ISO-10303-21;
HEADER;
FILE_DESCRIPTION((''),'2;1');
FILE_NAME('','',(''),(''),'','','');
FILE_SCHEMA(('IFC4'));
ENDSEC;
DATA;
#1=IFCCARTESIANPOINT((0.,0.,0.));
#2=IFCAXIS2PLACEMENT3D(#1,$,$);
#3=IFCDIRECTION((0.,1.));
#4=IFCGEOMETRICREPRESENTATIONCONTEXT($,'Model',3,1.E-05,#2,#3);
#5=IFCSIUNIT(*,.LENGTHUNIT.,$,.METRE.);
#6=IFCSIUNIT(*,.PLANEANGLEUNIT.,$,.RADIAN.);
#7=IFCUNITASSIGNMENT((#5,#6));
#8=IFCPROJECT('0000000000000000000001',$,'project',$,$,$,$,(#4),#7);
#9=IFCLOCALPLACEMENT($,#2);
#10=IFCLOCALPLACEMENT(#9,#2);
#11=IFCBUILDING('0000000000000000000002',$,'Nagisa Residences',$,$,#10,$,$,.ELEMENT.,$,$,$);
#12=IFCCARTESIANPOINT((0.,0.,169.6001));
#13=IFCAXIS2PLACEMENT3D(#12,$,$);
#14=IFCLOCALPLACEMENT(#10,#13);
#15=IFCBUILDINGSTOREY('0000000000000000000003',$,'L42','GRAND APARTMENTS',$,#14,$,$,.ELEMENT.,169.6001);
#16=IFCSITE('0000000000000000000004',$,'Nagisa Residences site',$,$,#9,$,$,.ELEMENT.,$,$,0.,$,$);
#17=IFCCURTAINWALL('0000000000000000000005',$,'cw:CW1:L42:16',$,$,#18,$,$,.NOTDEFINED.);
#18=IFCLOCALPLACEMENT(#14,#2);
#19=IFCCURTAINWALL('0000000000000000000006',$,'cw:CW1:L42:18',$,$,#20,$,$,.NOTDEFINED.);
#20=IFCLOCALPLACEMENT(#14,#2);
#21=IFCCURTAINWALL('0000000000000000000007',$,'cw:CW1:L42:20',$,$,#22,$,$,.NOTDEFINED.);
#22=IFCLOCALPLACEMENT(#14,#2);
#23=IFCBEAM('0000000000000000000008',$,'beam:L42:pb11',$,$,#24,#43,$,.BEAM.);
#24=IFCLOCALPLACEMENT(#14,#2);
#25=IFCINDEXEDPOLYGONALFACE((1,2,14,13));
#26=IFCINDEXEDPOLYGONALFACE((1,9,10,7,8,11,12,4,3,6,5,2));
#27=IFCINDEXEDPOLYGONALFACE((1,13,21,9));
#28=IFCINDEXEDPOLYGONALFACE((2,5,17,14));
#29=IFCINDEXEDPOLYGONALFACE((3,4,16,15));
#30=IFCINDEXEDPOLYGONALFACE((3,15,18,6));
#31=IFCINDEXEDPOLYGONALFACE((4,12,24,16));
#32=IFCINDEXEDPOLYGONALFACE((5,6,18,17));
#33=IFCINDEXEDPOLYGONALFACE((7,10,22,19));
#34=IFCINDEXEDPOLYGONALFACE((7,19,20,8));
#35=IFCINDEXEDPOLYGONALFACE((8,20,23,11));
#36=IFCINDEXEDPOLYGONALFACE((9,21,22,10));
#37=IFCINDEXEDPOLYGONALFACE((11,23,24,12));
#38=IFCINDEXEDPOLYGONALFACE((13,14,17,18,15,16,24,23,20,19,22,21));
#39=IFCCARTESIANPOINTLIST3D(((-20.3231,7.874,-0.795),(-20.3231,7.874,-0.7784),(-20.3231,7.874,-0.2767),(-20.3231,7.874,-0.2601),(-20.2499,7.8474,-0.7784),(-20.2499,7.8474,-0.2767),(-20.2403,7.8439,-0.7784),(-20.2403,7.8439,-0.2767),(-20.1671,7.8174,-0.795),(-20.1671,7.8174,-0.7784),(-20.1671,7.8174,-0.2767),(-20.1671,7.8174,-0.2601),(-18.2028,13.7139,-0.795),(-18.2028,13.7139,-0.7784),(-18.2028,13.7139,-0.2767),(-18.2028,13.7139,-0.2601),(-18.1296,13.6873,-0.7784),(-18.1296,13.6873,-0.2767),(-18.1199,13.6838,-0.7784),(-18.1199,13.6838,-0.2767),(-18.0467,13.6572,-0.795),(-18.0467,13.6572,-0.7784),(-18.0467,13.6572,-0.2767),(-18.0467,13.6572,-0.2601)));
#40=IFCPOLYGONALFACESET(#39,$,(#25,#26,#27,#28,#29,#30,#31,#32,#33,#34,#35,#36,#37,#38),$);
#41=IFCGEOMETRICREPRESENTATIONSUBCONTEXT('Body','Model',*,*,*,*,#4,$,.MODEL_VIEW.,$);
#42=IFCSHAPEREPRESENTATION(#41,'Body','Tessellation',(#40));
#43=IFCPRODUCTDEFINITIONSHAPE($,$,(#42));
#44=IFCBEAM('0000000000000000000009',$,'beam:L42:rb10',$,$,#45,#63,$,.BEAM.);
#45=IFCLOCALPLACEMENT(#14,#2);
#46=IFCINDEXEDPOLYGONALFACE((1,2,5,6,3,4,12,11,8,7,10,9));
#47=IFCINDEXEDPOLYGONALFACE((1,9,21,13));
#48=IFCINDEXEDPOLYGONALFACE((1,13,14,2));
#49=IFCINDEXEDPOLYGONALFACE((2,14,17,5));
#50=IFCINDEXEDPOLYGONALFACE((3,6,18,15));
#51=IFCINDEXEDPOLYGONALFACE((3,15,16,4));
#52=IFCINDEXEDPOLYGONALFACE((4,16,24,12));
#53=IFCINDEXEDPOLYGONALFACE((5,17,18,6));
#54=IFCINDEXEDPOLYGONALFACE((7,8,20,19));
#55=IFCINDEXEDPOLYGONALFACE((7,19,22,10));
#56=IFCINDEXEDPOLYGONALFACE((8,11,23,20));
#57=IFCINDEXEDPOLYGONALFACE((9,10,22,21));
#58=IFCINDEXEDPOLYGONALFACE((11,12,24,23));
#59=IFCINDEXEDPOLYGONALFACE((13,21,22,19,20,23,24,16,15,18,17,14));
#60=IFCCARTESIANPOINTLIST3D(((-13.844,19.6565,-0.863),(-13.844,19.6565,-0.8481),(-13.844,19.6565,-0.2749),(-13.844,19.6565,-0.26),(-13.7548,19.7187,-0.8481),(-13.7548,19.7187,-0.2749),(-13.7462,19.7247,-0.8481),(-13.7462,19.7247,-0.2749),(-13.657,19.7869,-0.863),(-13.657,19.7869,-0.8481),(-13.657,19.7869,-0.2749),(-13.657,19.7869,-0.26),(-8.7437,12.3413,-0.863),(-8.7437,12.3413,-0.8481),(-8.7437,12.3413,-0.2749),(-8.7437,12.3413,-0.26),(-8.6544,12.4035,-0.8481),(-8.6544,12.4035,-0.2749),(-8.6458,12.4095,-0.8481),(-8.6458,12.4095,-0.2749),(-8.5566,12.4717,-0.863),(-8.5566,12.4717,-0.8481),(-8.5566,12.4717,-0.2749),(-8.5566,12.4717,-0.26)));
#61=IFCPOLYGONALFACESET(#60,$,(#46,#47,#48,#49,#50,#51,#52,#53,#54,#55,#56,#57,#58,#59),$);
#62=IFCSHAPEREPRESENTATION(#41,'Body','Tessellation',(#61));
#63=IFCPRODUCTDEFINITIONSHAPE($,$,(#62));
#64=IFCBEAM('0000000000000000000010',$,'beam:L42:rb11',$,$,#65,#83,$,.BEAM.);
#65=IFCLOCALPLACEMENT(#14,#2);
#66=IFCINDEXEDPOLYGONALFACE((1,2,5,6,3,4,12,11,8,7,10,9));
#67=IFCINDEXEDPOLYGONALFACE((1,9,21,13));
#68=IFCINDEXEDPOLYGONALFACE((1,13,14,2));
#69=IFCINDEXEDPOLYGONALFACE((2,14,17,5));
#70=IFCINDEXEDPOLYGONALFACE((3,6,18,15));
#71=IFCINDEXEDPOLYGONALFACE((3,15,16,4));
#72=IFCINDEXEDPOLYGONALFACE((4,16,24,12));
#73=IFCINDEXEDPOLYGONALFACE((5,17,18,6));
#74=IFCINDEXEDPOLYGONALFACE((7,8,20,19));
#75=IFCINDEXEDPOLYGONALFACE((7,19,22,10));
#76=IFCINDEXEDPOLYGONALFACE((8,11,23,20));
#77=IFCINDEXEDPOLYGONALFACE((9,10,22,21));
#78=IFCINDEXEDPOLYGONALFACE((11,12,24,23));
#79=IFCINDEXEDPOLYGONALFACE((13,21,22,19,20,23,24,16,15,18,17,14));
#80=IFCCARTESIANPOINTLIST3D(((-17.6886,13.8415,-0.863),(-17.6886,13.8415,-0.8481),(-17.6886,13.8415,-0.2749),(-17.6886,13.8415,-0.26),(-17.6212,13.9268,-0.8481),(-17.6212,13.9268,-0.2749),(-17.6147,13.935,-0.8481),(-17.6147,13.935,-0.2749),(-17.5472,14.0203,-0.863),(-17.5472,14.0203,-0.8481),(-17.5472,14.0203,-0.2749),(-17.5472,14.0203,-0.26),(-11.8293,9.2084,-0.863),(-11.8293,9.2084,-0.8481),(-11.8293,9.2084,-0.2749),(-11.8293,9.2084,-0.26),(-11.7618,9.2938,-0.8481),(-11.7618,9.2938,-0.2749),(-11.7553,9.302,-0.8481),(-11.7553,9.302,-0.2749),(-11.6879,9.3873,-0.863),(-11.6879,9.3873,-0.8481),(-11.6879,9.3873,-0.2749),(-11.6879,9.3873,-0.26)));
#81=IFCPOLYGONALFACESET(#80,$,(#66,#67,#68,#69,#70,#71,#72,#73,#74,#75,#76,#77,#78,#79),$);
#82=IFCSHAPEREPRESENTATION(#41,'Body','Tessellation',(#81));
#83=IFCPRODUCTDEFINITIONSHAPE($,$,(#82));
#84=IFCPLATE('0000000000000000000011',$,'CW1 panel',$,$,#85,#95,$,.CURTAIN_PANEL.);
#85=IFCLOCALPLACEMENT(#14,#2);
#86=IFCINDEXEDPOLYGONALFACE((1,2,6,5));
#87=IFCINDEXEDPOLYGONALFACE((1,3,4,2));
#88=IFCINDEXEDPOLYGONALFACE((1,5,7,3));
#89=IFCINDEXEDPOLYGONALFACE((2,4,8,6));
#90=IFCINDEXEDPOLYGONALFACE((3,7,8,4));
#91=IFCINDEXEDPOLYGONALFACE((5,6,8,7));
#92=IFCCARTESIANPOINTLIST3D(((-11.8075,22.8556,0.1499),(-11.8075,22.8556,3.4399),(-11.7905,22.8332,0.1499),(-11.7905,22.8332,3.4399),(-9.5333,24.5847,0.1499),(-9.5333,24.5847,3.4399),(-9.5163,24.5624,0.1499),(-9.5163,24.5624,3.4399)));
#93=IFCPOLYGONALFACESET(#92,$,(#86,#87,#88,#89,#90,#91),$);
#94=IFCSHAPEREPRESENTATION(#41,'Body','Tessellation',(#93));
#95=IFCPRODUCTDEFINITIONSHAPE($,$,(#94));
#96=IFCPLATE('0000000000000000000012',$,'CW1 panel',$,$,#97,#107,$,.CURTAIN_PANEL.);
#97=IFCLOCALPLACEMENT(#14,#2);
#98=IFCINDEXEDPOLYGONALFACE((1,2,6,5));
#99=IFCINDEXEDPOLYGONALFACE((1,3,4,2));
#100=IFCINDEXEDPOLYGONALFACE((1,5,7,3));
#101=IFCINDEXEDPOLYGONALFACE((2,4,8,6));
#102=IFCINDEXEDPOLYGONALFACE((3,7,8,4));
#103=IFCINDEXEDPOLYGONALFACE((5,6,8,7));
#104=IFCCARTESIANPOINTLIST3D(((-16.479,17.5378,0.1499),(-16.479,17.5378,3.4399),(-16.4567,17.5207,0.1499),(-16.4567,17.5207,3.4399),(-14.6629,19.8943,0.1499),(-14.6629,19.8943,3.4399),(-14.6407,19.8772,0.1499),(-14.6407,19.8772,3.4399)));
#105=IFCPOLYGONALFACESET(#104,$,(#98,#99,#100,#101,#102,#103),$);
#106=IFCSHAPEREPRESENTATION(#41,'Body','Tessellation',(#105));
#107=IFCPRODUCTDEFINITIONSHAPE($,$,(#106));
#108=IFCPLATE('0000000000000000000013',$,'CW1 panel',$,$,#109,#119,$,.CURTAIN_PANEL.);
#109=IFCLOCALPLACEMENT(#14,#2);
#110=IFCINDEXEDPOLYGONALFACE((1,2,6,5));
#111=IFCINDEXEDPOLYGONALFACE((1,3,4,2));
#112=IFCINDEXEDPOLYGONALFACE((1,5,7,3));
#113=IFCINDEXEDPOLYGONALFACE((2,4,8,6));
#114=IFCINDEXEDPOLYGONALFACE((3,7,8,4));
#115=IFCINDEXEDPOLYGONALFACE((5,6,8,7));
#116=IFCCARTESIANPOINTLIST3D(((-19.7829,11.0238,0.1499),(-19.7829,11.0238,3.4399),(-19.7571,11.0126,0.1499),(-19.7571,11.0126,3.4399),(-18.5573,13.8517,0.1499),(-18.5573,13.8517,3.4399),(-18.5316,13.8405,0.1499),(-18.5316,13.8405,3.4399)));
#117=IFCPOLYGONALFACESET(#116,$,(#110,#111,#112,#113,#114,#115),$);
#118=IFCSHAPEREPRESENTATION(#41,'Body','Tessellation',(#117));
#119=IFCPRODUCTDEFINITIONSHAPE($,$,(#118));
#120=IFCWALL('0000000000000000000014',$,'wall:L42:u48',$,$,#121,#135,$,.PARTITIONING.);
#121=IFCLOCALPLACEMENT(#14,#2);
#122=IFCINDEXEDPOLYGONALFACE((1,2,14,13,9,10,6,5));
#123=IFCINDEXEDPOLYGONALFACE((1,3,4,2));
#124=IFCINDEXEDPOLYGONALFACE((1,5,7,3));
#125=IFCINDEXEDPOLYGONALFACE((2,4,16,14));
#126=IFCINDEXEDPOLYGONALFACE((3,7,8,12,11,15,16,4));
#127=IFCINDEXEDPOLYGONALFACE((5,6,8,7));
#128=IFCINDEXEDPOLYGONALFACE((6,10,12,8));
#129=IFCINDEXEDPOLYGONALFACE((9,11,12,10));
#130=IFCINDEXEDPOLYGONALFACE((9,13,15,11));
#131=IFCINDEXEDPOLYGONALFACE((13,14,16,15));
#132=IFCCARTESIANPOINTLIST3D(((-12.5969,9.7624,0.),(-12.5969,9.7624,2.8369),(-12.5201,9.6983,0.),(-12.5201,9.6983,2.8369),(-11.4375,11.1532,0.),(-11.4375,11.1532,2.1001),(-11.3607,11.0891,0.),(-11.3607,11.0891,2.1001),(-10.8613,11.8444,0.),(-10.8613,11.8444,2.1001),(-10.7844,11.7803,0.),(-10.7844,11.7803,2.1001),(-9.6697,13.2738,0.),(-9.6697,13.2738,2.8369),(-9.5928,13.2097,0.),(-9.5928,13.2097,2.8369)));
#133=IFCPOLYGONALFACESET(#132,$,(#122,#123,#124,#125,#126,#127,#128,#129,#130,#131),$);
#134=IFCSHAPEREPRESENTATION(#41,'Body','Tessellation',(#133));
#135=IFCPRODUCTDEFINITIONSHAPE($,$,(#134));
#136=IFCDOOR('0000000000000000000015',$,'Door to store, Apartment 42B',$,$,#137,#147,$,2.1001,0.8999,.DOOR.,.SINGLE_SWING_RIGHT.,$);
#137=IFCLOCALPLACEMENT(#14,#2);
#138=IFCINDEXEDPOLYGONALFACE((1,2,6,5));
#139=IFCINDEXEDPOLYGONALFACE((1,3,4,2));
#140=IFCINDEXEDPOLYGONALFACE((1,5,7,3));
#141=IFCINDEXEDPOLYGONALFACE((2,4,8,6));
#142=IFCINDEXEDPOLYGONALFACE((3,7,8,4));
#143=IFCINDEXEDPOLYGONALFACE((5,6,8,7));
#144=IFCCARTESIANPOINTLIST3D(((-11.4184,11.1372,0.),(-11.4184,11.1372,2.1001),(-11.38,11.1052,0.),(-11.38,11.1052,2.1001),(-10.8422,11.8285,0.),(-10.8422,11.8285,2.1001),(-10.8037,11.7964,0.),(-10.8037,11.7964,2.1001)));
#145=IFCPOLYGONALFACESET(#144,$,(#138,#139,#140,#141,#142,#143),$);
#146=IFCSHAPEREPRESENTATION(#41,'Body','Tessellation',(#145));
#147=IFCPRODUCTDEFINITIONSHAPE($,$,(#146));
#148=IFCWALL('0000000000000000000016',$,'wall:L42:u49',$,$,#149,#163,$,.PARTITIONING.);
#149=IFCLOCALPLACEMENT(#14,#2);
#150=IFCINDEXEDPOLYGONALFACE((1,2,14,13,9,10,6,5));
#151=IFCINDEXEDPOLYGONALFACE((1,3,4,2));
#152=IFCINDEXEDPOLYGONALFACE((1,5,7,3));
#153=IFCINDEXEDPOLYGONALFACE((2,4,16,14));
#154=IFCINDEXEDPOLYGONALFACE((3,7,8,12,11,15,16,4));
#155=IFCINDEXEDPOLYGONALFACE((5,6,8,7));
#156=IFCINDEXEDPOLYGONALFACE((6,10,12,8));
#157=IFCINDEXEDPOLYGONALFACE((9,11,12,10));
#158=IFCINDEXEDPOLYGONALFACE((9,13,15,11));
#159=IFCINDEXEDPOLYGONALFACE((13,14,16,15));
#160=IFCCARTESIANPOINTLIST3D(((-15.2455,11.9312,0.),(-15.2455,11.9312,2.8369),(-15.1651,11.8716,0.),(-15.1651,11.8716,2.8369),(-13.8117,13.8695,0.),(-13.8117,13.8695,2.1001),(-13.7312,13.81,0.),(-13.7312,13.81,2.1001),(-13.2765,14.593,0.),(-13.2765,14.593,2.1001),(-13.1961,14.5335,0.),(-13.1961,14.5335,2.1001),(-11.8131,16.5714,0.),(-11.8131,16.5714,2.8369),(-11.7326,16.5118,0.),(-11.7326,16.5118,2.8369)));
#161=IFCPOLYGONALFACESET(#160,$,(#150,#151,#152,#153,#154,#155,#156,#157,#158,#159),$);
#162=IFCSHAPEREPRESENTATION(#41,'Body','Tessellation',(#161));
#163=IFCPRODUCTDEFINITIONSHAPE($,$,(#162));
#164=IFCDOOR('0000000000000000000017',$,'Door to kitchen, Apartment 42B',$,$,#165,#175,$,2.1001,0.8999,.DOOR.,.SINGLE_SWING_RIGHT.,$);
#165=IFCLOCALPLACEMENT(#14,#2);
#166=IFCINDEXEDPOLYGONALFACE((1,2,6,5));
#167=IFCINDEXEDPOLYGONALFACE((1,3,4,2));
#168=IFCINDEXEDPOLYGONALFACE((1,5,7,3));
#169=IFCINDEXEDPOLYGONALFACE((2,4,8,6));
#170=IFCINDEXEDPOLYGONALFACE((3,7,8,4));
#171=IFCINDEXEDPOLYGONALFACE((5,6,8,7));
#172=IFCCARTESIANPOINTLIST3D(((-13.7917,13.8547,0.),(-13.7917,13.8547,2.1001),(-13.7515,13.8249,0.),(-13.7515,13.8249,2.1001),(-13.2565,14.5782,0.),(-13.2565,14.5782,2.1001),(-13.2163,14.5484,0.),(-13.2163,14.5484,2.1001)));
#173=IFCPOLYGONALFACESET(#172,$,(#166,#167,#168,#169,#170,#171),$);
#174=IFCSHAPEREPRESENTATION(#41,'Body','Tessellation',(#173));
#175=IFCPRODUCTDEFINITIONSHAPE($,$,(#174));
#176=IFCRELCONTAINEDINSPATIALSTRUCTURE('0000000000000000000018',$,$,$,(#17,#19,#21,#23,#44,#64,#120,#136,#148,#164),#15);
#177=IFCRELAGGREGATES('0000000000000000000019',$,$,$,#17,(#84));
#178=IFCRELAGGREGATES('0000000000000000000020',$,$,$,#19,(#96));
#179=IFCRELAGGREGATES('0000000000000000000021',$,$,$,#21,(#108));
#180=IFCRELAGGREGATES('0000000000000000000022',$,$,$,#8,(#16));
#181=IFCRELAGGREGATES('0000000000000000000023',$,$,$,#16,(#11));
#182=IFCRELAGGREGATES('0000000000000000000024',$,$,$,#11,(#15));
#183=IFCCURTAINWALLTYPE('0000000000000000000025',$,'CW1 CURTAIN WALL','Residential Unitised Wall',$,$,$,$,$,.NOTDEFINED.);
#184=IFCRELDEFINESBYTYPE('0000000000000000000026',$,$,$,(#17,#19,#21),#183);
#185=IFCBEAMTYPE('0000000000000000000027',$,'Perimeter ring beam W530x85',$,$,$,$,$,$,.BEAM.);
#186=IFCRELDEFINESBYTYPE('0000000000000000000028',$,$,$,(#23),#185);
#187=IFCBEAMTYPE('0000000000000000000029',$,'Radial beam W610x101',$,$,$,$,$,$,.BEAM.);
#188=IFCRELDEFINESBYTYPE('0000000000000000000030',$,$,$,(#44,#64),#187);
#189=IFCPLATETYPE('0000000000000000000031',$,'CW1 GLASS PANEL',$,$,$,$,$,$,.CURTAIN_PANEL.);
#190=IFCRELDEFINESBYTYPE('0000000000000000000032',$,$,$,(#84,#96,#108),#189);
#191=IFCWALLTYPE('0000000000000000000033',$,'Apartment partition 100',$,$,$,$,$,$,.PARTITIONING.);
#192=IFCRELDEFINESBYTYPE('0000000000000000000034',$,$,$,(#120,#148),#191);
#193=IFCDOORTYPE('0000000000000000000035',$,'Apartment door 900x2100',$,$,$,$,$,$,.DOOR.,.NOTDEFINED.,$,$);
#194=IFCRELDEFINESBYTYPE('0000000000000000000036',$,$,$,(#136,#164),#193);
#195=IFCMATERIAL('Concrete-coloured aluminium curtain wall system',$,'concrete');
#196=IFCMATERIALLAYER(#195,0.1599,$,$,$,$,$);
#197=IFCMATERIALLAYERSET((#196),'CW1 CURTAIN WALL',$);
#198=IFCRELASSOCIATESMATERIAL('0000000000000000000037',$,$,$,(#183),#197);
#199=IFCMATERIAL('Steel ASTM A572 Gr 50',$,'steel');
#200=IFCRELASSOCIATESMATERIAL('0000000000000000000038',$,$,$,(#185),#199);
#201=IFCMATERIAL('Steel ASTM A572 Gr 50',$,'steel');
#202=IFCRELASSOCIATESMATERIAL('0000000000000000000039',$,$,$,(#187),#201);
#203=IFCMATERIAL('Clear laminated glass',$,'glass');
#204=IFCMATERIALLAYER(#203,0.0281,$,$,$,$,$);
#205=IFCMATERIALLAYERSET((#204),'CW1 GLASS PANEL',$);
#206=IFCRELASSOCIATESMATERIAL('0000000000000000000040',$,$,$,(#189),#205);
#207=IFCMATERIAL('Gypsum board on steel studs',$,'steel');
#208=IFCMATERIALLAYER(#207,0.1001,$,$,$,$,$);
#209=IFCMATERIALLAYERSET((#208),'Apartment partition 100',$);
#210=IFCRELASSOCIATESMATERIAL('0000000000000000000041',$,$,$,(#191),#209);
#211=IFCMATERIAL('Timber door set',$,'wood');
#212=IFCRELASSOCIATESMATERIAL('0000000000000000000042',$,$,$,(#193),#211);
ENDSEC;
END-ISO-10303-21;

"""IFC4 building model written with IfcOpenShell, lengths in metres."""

from ifc_helpers import new_model, si_unit, direction, frame, frame_2d, origin, origin_2d, place, context, subcontext, project, spatial, rectangle, i_section, extrude, material, layer, layer_set, material_profile, profile_set, type_object, element, fill, aggregate, save


model = new_model("IFC4")

# Units and contexts
model_context = context("Model", 3, precision=1e-05, world=origin(), true_north=direction((0.0, 1.0)))
body_context = subcontext(model_context, "Body", "Model", "MODEL_VIEW")
ifc_project = project(units=[si_unit("LENGTHUNIT", "METRE"), si_unit("PLANEANGLEUNIT", "RADIAN")], contexts=[model_context])

# Site, building, storey
site_placement = place(None, origin())
site = spatial("IfcSite", under=ifc_project, at=site_placement, Name="Nagisa Residences site", CompositionType="ELEMENT", RefElevation=0.0)
building_placement = place(site_placement, origin())
building = spatial("IfcBuilding", under=site, at=building_placement, Name="Nagisa Residences", CompositionType="ELEMENT")
storey_placement = place(building_placement, frame((0.0, 0.0, 169.6001)))
storey = spatial("IfcBuildingStorey", under=building, at=storey_placement, Name="L42", Description="GRAND APARTMENTS", CompositionType="ELEMENT", Elevation=169.6001)

# Curtain walls
ifc_material_1 = material(Name="Concrete-coloured aluminium curtain wall system", Category="concrete")
ifc_layer_1 = layer(ifc_material_1, 0.1599)
ifc_layer_set_1 = layer_set([ifc_layer_1], Name="CW1 CURTAIN WALL")
curtain_wall_type = type_object("IfcCurtainWallType", Name="CW1 CURTAIN WALL", Description="Residential Unitised Wall", PredefinedType="NOTDEFINED", material=ifc_layer_set_1)
curtain_wall_1_placement = place(storey_placement, origin())
curtain_wall_1 = element("IfcCurtainWall", 1, at=curtain_wall_1_placement, inside=storey, type_object=curtain_wall_type, Name="cw:CW1:L42:16", PredefinedType="NOTDEFINED")
curtain_wall_2_placement = place(storey_placement, origin())
curtain_wall_2 = element("IfcCurtainWall", 2, at=curtain_wall_2_placement, inside=storey, type_object=curtain_wall_type, Name="cw:CW1:L42:18", PredefinedType="NOTDEFINED")
curtain_wall_3_placement = place(storey_placement, origin())
curtain_wall_3 = element("IfcCurtainWall", 3, at=curtain_wall_3_placement, inside=storey, type_object=curtain_wall_type, Name="cw:CW1:L42:20", PredefinedType="NOTDEFINED")

# Beams
ifc_material_2 = material(Name="Steel ASTM A572 Gr 50", Category="steel")
ifc_material_profile_1 = material_profile(ifc_material_2, i_section(OverallWidth=0.166, OverallDepth=0.5349, WebThickness=0.0103, FlangeThickness=0.0166, at=origin_2d()), Name="W530x85")
ifc_profile_set_1 = profile_set([ifc_material_profile_1], Name="Steel ASTM A572 Gr 50")
beam_type_1 = type_object("IfcBeamType", Name="Perimeter ring beam W530x85", PredefinedType="BEAM", material=ifc_profile_set_1)
beam_1_placement = place(storey_placement, frame((-18.1248, 13.6855, -0.5276), z_axis=(-0.341286, -0.93996, 0.0), x_axis=(0.93996, -0.341286, 0.0)))
element("IfcBeam", 4, at=beam_1_placement, inside=storey, type_object=beam_type_1, Name="beam:L42:pb11", PredefinedType="BEAM", context=body_context, shape_type="SweptSolid", body=[
    extrude(i_section(OverallWidth=0.166, OverallDepth=0.5349, WebThickness=0.0103, FlangeThickness=0.0166, at=origin_2d()), origin(), (0.0, 0.0, 1.0), 6.2129),
])
ifc_material_3 = material(Name="Steel ASTM A572 Gr 50", Category="steel")
ifc_material_profile_2 = material_profile(ifc_material_3, i_section(OverallWidth=0.228, OverallDepth=0.603, WebThickness=0.0105, FlangeThickness=0.0149, at=origin_2d()), Name="W610x101")
ifc_profile_set_2 = profile_set([ifc_material_profile_2], Name="Steel ASTM A572 Gr 50")
beam_type_2 = type_object("IfcBeamType", Name="Radial beam W610x101", PredefinedType="BEAM", material=ifc_profile_set_2)
beam_2_placement = place(storey_placement, frame((-13.7505, 19.7217, -0.5615), z_axis=(0.571934, -0.820299, 0.0), x_axis=(0.820299, 0.571934, 0.0)))
element("IfcBeam", 5, at=beam_2_placement, inside=storey, type_object=beam_type_2, Name="beam:L42:rb10", PredefinedType="BEAM", context=body_context, shape_type="SweptSolid", body=[
    extrude(i_section(OverallWidth=0.228, OverallDepth=0.603, WebThickness=0.0105, FlangeThickness=0.0149, at=origin_2d()), origin(), (0.0, 0.0, 1.0), 8.9177),
])
beam_3_placement = place(storey_placement, frame((-17.6179, 13.9309, -0.5615), z_axis=(0.784412, -0.620241, 0.0), x_axis=(0.620241, 0.784412, 0.0)))
element("IfcBeam", 6, at=beam_3_placement, inside=storey, type_object=beam_type_2, Name="beam:L42:rb11", PredefinedType="BEAM", context=body_context, shape_type="SweptSolid", body=[
    extrude(i_section(OverallWidth=0.228, OverallDepth=0.603, WebThickness=0.0105, FlangeThickness=0.0149, at=origin_2d()), origin(), (0.0, 0.0, 1.0), 7.4697),
])

# Plates
ifc_material_4 = material(Name="Clear laminated glass", Category="glass")
ifc_layer_2 = layer(ifc_material_4, 0.0281)
ifc_layer_set_2 = layer_set([ifc_layer_2], Name="CW1 GLASS PANEL")
plate_type = type_object("IfcPlateType", Name="CW1 GLASS PANEL", PredefinedType="CURTAIN_PANEL", material=ifc_layer_set_2)
plate_1_placement = place(storey_placement, frame((-10.6619, 23.709, 0.1499), z_axis=(0.0, 0.0, 1.0), x_axis=(-0.796031, -0.605255, 0.0)))
plate_1 = element("IfcPlate", 7, at=plate_1_placement, type_object=plate_type, Name="CW1 panel", PredefinedType="CURTAIN_PANEL", context=body_context, shape_type="SweptSolid", body=[
    extrude(rectangle(XDim=2.8569, YDim=0.0281, at=origin_2d()), origin(), (0.0, 0.0, 1.0), 3.29),
])
aggregate(curtain_wall_1, [plate_1])
plate_2_placement = place(storey_placement, frame((-15.5598, 18.7075, 0.1499), z_axis=(0.0, 0.0, 1.0), x_axis=(-0.61043, -0.79207, 0.0)))
plate_2 = element("IfcPlate", 8, at=plate_2_placement, type_object=plate_type, Name="CW1 panel", PredefinedType="CURTAIN_PANEL", context=body_context, shape_type="SweptSolid", body=[
    extrude(rectangle(XDim=2.9751, YDim=0.0281, at=origin_2d()), origin(), (0.0, 0.0, 1.0), 3.29),
])
aggregate(curtain_wall_2, [plate_2])
plate_3_placement = place(storey_placement, frame((-19.1572, 12.4321, 0.1499), z_axis=(0.0, 0.0, 1.0), x_axis=(-0.397636, -0.917543, 0.0)))
plate_3 = element("IfcPlate", 9, at=plate_3_placement, type_object=plate_type, Name="CW1 panel", PredefinedType="CURTAIN_PANEL", context=body_context, shape_type="SweptSolid", body=[
    extrude(rectangle(XDim=3.082, YDim=0.0281, at=origin_2d()), origin(), (0.0, 0.0, 1.0), 3.29),
])
aggregate(curtain_wall_3, [plate_3])

# Walls, openings, doors
ifc_material_5 = material(Name="Gypsum board on steel studs", Category="steel")
ifc_layer_3 = layer(ifc_material_5, 0.1001)
ifc_layer_set_3 = layer_set([ifc_layer_3], Name="Apartment partition 100")
wall_type_1 = type_object("IfcWallType", Name="Apartment partition 100", PredefinedType="PARTITIONING", material=ifc_layer_set_3)
wall_1_placement = place(storey_placement, frame((-9.6313, 13.2417, 0.0), z_axis=(0.0, 0.0, 1.0), x_axis=(-0.640316, -0.768112, 0.0)))
wall_1 = element("IfcWall", 10, at=wall_1_placement, inside=storey, type_object=wall_type_1, Name="wall:L42:u48", PredefinedType="PARTITIONING", context=body_context, shape_type="SweptSolid", body=[
    extrude(rectangle(XDim=4.5715, YDim=0.1001, at=frame_2d((2.2856, 0.0))), origin(), (0.0, 0.0, 1.0), 2.8369),
])
opening_1_placement = place(wall_1_placement, frame((1.8608, 0.0, 0.0)))
opening_1 = element("IfcOpeningElement", 11, at=opening_1_placement, cuts=wall_1, PredefinedType="OPENING", context=body_context, shape_type="SweptSolid", body=[
    extrude(rectangle(XDim=0.8999, YDim=2.1001, at=frame_2d((0.45, 1.05))), frame((0.0, 0.0601, 0.0), z_axis=(0.0, -1.0, 0.0), x_axis=(1.0, 0.0, 0.0)), (0.0, 0.0, 1.0), 0.1201),
])
ifc_material_6 = material(Name="Timber door set", Category="wood")
door_type_1 = type_object("IfcDoorType", Name="Apartment door 900x2100", OperationType="NOTDEFINED", PredefinedType="DOOR", material=ifc_material_6)
door_1_placement = place(opening_1_placement, origin())
door_1 = element("IfcDoor", 12, at=door_1_placement, inside=storey, type_object=door_type_1, Name="Door to store, Apartment 42B", OperationType="SINGLE_SWING_RIGHT", OverallHeight=2.1001, OverallWidth=0.8999, PredefinedType="DOOR", context=body_context, shape_type="SweptSolid", body=[
    extrude(rectangle(XDim=0.8999, YDim=2.1001, at=frame_2d((0.45, 1.05))), frame((0.0, 0.0249, 0.0), z_axis=(0.0, -1.0, 0.0), x_axis=(1.0, 0.0, 0.0)), (0.0, 0.0, 1.0), 0.05),
])
fill(opening_1, door_1)
wall_2_placement = place(storey_placement, frame((-11.7729, 16.5415, 0.0), z_axis=(0.0, 0.0, 1.0), x_axis=(-0.594694, -0.803952, 0.0)))
wall_2 = element("IfcWall", 13, at=wall_2_placement, inside=storey, type_object=wall_type_1, Name="wall:L42:u49", PredefinedType="PARTITIONING", context=body_context, shape_type="SweptSolid", body=[
    extrude(rectangle(XDim=5.7717, YDim=0.1001, at=frame_2d((2.8857, 0.0))), origin(), (0.0, 0.0, 1.0), 2.8369),
])
opening_2_placement = place(wall_2_placement, frame((2.4607, 0.0, 0.0)))
opening_2 = element("IfcOpeningElement", 14, at=opening_2_placement, cuts=wall_2, PredefinedType="OPENING", context=body_context, shape_type="SweptSolid", body=[
    extrude(rectangle(XDim=0.8999, YDim=2.1001, at=frame_2d((0.45, 1.05))), frame((0.0, 0.0601, 0.0), z_axis=(0.0, -1.0, 0.0), x_axis=(1.0, 0.0, 0.0)), (0.0, 0.0, 1.0), 0.1201),
])
door_2_placement = place(opening_2_placement, origin())
door_2 = element("IfcDoor", 15, at=door_2_placement, inside=storey, type_object=door_type_1, Name="Door to kitchen, Apartment 42B", OperationType="SINGLE_SWING_RIGHT", OverallHeight=2.1001, OverallWidth=0.8999, PredefinedType="DOOR", context=body_context, shape_type="SweptSolid", body=[
    extrude(rectangle(XDim=0.8999, YDim=2.1001, at=frame_2d((0.45, 1.05))), frame((0.0, 0.0249, 0.0), z_axis=(0.0, -1.0, 0.0), x_axis=(1.0, 0.0, 0.0)), (0.0, 0.0, 1.0), 0.05),
])
fill(opening_2, door_2)

save(model, "model.ifc")
